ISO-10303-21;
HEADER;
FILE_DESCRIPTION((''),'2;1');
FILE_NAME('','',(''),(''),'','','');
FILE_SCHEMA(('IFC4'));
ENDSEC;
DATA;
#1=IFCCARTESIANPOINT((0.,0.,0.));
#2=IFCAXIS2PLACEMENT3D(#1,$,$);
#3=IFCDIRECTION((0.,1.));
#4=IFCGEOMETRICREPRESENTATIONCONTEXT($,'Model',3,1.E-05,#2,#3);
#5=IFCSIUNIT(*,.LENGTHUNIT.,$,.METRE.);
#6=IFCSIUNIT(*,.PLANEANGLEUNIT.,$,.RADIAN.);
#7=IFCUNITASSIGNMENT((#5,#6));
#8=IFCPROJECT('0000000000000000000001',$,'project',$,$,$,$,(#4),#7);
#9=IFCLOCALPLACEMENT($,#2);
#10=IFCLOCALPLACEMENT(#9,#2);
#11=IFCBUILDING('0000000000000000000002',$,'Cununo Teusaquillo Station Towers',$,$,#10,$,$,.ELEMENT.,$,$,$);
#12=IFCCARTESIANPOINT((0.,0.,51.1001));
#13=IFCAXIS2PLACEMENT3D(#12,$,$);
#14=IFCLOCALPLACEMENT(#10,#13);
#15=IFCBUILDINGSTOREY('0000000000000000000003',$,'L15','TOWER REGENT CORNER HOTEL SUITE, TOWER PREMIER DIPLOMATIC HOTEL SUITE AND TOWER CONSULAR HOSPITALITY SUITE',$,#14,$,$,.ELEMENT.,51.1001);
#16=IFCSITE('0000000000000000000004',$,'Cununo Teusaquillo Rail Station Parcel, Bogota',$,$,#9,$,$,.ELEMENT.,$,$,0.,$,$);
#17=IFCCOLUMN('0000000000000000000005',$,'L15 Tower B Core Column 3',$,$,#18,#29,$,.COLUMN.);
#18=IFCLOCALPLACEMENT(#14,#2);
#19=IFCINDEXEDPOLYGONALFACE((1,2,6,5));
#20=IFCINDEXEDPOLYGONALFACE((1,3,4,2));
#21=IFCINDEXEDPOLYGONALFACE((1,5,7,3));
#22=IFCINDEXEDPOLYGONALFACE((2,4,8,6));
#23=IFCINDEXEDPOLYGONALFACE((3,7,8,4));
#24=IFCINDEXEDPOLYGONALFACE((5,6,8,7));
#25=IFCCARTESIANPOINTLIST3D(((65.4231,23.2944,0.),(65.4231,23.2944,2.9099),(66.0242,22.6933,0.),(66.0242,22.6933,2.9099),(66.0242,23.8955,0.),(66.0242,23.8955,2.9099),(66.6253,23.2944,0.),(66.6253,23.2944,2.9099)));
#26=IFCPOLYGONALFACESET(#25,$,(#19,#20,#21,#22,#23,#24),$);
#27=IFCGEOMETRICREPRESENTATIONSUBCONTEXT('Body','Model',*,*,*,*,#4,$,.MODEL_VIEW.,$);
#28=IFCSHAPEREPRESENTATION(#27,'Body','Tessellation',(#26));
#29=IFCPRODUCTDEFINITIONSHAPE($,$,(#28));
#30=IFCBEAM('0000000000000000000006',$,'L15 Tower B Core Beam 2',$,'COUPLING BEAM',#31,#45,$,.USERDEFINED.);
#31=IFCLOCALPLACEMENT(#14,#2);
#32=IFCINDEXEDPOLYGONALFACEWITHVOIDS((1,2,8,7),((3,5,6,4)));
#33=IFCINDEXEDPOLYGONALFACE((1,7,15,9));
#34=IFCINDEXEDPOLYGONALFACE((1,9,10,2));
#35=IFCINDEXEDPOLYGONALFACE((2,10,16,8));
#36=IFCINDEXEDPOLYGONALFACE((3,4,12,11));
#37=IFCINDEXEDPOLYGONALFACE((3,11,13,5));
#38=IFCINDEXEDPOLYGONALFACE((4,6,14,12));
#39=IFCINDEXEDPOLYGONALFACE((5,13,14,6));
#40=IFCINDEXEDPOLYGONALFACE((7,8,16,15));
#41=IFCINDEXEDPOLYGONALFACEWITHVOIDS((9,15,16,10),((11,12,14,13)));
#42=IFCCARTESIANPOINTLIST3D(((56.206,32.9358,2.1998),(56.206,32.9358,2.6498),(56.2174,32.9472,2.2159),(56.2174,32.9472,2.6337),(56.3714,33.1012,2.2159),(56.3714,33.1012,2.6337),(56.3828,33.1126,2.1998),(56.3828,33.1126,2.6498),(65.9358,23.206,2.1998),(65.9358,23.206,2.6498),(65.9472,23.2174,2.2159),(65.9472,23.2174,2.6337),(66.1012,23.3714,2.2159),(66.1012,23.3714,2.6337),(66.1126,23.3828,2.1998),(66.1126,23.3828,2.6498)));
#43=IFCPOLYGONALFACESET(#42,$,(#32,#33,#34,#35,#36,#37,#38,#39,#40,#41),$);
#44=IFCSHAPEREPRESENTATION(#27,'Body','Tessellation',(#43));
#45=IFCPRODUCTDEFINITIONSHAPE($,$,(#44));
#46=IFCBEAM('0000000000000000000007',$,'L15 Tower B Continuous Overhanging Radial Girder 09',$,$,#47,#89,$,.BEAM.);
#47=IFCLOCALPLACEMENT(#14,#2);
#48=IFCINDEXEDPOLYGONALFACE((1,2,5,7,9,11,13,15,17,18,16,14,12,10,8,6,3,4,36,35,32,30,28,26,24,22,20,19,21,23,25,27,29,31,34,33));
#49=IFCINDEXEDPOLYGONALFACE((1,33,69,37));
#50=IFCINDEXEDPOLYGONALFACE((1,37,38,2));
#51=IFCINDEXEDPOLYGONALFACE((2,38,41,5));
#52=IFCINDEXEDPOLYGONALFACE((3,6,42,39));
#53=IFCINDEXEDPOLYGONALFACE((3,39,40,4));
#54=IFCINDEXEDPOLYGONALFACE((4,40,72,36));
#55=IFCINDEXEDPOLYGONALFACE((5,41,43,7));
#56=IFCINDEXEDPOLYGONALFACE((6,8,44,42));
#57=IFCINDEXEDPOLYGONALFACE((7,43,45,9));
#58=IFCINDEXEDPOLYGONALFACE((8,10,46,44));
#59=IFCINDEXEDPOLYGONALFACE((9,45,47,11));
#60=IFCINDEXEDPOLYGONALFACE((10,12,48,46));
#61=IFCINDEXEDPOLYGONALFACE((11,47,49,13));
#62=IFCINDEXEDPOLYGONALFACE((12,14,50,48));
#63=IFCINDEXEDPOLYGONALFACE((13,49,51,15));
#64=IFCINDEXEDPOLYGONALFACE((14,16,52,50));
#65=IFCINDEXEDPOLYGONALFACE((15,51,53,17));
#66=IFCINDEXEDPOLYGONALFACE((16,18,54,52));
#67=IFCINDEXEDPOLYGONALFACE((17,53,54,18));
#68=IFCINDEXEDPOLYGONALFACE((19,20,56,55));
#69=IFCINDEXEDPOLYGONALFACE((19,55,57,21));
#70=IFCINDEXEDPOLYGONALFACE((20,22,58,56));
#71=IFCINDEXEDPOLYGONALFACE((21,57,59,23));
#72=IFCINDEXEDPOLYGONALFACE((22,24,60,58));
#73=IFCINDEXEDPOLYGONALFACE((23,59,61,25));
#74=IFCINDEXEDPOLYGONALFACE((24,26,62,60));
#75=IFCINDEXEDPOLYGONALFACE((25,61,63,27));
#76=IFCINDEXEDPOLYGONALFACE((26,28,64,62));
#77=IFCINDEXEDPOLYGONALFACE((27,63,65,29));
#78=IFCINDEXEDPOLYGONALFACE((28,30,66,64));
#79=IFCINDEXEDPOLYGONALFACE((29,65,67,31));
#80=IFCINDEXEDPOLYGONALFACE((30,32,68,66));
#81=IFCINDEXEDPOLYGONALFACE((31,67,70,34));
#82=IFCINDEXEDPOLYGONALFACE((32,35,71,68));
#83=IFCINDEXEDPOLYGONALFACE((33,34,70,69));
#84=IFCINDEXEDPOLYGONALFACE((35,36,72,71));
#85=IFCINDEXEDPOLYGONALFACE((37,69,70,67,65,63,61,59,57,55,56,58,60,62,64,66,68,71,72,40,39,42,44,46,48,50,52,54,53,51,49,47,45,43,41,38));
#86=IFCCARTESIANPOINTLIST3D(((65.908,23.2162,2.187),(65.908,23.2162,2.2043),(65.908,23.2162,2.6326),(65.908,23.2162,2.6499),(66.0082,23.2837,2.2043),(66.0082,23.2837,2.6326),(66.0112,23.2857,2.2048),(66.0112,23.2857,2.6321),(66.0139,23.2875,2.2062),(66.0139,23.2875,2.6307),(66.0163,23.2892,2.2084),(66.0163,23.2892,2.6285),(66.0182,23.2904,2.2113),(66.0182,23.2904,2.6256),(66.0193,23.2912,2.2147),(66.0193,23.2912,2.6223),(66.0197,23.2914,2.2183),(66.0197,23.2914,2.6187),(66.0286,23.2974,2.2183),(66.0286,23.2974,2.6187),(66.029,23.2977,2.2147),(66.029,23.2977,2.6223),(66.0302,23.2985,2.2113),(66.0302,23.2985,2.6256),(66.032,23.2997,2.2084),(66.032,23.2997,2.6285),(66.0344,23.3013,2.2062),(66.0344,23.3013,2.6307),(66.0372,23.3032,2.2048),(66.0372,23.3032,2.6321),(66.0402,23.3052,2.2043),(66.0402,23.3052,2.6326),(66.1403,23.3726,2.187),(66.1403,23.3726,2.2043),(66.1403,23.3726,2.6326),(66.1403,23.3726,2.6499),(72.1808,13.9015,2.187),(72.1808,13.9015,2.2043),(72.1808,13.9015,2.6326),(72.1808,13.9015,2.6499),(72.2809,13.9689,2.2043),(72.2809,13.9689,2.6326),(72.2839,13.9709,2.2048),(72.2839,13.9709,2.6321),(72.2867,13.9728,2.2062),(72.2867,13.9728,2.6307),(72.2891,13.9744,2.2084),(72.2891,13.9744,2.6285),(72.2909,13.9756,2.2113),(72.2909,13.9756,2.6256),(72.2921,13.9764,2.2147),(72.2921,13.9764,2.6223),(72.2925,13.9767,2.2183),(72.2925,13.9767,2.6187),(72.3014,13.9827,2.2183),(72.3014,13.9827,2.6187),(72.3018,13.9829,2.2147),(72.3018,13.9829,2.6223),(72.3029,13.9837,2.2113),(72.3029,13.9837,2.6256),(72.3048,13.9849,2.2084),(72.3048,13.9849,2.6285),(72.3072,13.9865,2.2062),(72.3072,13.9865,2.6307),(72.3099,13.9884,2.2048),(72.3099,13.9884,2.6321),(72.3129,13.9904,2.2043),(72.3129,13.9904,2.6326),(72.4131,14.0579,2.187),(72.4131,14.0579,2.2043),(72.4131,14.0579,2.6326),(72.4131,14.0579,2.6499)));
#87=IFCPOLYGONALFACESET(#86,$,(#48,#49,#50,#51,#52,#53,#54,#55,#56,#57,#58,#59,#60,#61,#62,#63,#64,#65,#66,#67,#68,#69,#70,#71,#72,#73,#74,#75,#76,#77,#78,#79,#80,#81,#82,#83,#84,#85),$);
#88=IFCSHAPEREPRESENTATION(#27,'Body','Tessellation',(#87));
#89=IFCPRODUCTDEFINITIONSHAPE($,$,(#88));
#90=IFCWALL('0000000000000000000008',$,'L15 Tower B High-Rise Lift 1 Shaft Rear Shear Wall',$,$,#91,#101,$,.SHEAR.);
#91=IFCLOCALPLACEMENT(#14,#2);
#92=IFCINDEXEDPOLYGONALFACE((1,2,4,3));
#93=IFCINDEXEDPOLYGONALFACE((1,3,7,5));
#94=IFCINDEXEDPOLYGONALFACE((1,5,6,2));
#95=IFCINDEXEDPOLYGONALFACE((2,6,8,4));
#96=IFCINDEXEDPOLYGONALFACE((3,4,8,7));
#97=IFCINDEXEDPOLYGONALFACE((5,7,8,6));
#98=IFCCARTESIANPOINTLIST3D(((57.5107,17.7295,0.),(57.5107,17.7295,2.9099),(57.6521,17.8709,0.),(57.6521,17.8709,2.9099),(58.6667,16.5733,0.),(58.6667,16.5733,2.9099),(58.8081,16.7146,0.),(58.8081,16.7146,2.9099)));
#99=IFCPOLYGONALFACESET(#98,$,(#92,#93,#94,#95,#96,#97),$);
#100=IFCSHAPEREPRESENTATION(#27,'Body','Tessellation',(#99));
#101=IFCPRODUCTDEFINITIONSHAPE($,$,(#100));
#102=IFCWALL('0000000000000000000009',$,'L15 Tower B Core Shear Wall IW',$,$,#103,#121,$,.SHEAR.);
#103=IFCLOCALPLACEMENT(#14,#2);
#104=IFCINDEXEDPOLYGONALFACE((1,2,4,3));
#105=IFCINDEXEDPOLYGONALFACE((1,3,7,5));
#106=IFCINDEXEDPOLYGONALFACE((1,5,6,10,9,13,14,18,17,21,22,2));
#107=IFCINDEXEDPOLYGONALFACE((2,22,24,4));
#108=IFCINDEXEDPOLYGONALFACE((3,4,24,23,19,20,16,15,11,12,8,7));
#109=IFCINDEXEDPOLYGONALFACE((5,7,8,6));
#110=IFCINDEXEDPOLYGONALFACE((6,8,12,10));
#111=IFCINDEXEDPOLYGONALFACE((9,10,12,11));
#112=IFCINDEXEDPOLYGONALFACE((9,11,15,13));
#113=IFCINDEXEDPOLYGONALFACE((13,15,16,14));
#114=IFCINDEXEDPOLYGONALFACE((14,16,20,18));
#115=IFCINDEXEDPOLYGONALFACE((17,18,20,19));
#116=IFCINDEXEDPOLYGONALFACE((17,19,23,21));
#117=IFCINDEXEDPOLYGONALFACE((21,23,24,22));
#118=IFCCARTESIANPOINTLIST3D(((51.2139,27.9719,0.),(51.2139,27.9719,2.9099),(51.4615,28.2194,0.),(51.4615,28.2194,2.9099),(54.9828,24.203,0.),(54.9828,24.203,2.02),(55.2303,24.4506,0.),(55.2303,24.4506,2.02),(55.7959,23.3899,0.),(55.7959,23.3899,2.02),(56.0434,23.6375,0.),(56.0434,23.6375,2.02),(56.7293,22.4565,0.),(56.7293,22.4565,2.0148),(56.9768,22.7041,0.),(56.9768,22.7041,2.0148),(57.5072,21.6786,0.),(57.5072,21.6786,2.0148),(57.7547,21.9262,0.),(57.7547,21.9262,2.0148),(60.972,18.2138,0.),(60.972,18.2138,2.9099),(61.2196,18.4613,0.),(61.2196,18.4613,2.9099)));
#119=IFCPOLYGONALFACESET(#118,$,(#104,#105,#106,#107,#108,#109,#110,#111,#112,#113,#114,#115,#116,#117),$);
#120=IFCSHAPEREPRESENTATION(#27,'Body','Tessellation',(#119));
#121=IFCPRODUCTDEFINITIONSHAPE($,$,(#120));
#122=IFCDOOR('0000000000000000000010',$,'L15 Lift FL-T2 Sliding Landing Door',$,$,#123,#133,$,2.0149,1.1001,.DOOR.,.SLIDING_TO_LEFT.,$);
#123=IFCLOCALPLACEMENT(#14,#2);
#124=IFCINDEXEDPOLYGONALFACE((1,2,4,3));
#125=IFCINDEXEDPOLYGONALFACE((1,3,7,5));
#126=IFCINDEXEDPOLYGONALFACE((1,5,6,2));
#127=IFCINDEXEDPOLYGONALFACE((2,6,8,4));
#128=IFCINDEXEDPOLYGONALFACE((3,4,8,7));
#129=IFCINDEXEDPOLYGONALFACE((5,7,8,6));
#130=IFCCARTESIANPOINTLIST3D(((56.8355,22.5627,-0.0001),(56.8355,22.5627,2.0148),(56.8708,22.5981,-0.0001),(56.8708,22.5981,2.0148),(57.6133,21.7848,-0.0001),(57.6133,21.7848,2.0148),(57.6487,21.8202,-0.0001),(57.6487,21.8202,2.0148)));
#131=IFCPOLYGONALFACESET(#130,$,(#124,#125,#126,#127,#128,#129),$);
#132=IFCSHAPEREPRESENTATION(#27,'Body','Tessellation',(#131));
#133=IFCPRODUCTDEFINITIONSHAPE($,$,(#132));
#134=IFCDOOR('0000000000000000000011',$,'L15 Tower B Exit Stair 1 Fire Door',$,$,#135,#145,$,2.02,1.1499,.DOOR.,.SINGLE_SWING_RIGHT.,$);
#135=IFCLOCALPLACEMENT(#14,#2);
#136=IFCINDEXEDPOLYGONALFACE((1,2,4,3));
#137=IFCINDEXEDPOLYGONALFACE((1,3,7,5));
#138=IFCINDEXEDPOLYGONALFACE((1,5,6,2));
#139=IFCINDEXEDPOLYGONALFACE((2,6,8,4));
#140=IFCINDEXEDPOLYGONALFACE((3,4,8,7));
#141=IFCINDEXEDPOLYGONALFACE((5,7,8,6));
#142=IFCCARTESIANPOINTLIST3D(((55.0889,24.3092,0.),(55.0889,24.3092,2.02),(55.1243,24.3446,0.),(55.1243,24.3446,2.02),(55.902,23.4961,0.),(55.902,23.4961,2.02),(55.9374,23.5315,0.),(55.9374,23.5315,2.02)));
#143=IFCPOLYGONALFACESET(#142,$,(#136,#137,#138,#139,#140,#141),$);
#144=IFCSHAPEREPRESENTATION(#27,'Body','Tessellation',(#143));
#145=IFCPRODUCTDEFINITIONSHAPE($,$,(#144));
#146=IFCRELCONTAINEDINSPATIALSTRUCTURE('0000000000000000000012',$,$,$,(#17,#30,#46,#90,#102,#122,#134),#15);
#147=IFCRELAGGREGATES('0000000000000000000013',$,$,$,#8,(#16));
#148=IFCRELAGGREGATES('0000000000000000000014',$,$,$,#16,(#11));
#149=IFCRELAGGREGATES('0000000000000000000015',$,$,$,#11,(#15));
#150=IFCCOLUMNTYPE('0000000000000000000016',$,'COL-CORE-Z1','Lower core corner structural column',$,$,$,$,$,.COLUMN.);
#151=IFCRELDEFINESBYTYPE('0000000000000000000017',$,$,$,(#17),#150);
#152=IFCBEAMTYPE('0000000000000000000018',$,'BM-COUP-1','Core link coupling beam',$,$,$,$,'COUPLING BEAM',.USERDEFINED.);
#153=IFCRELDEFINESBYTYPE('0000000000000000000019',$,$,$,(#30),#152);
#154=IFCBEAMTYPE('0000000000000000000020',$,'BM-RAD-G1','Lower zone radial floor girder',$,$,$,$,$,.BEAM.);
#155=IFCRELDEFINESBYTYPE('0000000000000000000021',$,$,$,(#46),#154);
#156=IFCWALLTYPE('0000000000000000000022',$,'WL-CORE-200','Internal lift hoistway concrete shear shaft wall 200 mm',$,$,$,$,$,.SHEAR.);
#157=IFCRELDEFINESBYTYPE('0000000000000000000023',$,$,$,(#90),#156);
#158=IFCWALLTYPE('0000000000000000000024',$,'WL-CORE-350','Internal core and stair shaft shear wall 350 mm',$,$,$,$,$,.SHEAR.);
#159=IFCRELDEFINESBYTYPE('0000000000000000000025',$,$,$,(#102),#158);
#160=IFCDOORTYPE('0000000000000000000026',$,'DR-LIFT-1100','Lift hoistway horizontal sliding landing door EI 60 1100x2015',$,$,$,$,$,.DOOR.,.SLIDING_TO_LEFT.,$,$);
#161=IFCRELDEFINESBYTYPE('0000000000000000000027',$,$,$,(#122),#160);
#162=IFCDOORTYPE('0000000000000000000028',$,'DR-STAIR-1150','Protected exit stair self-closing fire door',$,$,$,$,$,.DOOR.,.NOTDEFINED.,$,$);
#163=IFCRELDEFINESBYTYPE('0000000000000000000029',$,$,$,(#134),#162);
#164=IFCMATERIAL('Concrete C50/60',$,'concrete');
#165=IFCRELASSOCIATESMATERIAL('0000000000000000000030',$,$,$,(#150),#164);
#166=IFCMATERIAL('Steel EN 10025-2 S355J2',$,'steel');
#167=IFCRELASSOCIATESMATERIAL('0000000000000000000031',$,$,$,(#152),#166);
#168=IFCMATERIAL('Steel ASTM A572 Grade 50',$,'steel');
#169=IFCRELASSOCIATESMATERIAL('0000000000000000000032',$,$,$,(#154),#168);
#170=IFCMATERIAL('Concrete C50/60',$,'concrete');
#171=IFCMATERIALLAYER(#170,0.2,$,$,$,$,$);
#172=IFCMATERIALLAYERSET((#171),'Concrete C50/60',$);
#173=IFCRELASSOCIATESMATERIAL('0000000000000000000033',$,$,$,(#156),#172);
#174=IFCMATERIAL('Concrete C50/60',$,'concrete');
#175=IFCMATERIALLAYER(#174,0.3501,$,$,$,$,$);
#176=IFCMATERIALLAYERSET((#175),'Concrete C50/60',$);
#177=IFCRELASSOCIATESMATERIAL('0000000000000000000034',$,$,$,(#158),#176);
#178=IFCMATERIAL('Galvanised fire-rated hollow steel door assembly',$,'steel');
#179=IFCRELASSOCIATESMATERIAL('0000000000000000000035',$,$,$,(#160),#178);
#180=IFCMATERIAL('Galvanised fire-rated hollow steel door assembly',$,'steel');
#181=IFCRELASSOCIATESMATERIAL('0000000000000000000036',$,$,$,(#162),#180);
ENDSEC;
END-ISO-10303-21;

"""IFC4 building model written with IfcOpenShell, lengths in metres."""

from ifc_helpers import new_model, si_unit, direction, frame, frame_2d, origin, origin_2d, place, context, subcontext, project, spatial, rectangle, hollow_rectangle, i_section, extrude, source, transform, mapped, material, layer, layer_set, material_profile, profile_set, type_object, element, fill, save


model = new_model("IFC4")

# Units and contexts
model_context = context("Model", 3, precision=1e-05, world=origin(), true_north=direction((0.0, 1.0)))
body_context = subcontext(model_context, "Body", "Model", "MODEL_VIEW")
ifc_project = project(units=[si_unit("LENGTHUNIT", "METRE"), si_unit("PLANEANGLEUNIT", "RADIAN")], contexts=[model_context])

# Site, building, storey
site_placement = place(None, origin())
site = spatial("IfcSite", under=ifc_project, at=site_placement, Name="Cununo Teusaquillo Rail Station Parcel, Bogota", CompositionType="ELEMENT", RefElevation=0.0)
building_placement = place(site_placement, origin())
building = spatial("IfcBuilding", under=site, at=building_placement, Name="Cununo Teusaquillo Station Towers", CompositionType="ELEMENT")
storey_placement = place(building_placement, frame((0.0, 0.0, 51.1001)))
storey = spatial("IfcBuildingStorey", under=building, at=storey_placement, Name="L15", Description="TOWER REGENT CORNER HOTEL SUITE, TOWER PREMIER DIPLOMATIC HOTEL SUITE AND TOWER CONSULAR HOSPITALITY SUITE", CompositionType="ELEMENT", Elevation=51.1001)

# Column
ifc_material_1 = material(Name="Concrete C50/60", Category="concrete")
ifc_material_profile_1 = material_profile(ifc_material_1, rectangle(XDim=0.8501, YDim=0.8501, at=origin_2d()), Name="RC-RECT-850x850")
ifc_profile_set_1 = profile_set([ifc_material_profile_1], Name="Concrete C50/60")
column_type = type_object("IfcColumnType", Name="COL-CORE-Z1", Description="Lower core corner structural column", PredefinedType="COLUMN", material=ifc_profile_set_1)
column_placement = place(storey_placement, frame((66.0242, 23.2944, 0.0), z_axis=(0.0, 0.0, 1.0), x_axis=(0.707107, 0.707107, 0.0)))
element("IfcColumn", 1, at=column_placement, inside=storey, type_object=column_type, Name="L15 Tower B Core Column 3", PredefinedType="COLUMN", context=body_context, shape_type="SweptSolid", body=[
    extrude(rectangle(XDim=0.8501, YDim=0.8501, at=origin_2d()), origin(), (0.0, 0.0, 1.0), 2.9099),
])

# Beams
ifc_material_2 = material(Name="Steel EN 10025-2 S355J2", Category="steel")
ifc_material_profile_2 = material_profile(ifc_material_2, hollow_rectangle(XDim=0.25, YDim=0.45, WallThickness=0.0161, at=origin_2d()), Name="RHS 450x250x16")
ifc_profile_set_2 = profile_set([ifc_material_profile_2], Name="Steel EN 10025-2 S355J2")
beam_type_1 = type_object("IfcBeamType", Name="BM-COUP-1", Description="Core link coupling beam", ElementType="COUPLING BEAM", PredefinedType="USERDEFINED", material=ifc_profile_set_2)
beam_1_placement = place(storey_placement, frame((66.0242, 23.2944, 2.4248), z_axis=(-0.707107, 0.707107, 0.0), x_axis=(-0.707107, -0.707107, 0.0)))
element("IfcBeam", 2, at=beam_1_placement, inside=storey, type_object=beam_type_1, Name="L15 Tower B Core Beam 2", ObjectType="COUPLING BEAM", PredefinedType="USERDEFINED", context=body_context, shape_type="SweptSolid", body=[
    extrude(hollow_rectangle(XDim=0.25, YDim=0.45, WallThickness=0.0161, at=origin_2d()), origin(), (0.0, 0.0, 1.0), 13.76),
])
ifc_material_3 = material(Name="Steel ASTM A572 Grade 50", Category="steel")
ifc_material_profile_3 = material_profile(ifc_material_3, i_section(OverallWidth=0.28, OverallDepth=0.4629, WebThickness=0.0107, FlangeThickness=0.0173, FilletRadius=0.0139, at=origin_2d()), Name="W18X76")
ifc_profile_set_3 = profile_set([ifc_material_profile_3], Name="Steel ASTM A572 Grade 50")
beam_type_2 = type_object("IfcBeamType", Name="BM-RAD-G1", Description="Lower zone radial floor girder", PredefinedType="BEAM", material=ifc_profile_set_3)
beam_2_placement = place(storey_placement, frame((66.0242, 23.2944, 2.4185), z_axis=(0.558572, -0.829456, 0.0), x_axis=(0.829456, 0.558572, 0.0)))
element("IfcBeam", 3, at=beam_2_placement, inside=storey, type_object=beam_type_2, Name="L15 Tower B Continuous Overhanging Radial Girder 09", PredefinedType="BEAM", context=body_context, shape_type="SweptSolid", body=[
    extrude(i_section(OverallWidth=0.28, OverallDepth=0.4629, WebThickness=0.0107, FlangeThickness=0.0173, FilletRadius=0.0139, at=origin_2d()), origin(), (0.0, 0.0, 1.0), 11.23),
])

# Wall
ifc_material_4 = material(Name="Concrete C50/60", Category="concrete")
ifc_layer_1 = layer(ifc_material_4, 0.2)
ifc_layer_set_1 = layer_set([ifc_layer_1], Name="Concrete C50/60")
wall_type_1 = type_object("IfcWallType", Name="WL-CORE-200", Description="Internal lift hoistway concrete shear shaft wall 200 mm", PredefinedType="SHEAR", material=ifc_layer_set_1)
wall_1_placement = place(storey_placement, frame((58.7373, 16.644, 0.0), z_axis=(0.0, 0.0, 1.0), x_axis=(-0.707032, 0.707181, 0.0)))
element("IfcWall", 4, at=wall_1_placement, inside=storey, type_object=wall_type_1, Name="L15 Tower B High-Rise Lift 1 Shaft Rear Shear Wall", PredefinedType="SHEAR", context=body_context, shape_type="SweptSolid", body=[
    extrude(rectangle(XDim=1.635, YDim=0.2, at=frame_2d((0.8174, 0.0))), origin(), (0.0, 0.0, 1.0), 2.9099),
])

# Wall, openings, doors
ifc_material_5 = material(Name="Concrete C50/60", Category="concrete")
ifc_layer_2 = layer(ifc_material_5, 0.3501)
ifc_layer_set_2 = layer_set([ifc_layer_2], Name="Concrete C50/60")
wall_type_2 = type_object("IfcWallType", Name="WL-CORE-350", Description="Internal core and stair shaft shear wall 350 mm", PredefinedType="SHEAR", material=ifc_layer_set_2)
wall_2_placement = place(storey_placement, frame((61.0957, 18.3376, 0.0), z_axis=(0.0, 0.0, 1.0), x_axis=(-0.707107, 0.707107, 0.0)))
wall_2 = element("IfcWall", 5, at=wall_2_placement, inside=storey, type_object=wall_type_2, Name="L15 Tower B Core Shear Wall IW", PredefinedType="SHEAR", context=body_context, shape_type="SweptSolid", body=[
    extrude(rectangle(XDim=13.8, YDim=0.3501, at=frame_2d((6.8999, 0.0))), origin(), (0.0, 0.0, 1.0), 2.9099),
])
shared_shape_1 = source(origin(), body_context, "Body", "SweptSolid", [
    extrude(rectangle(XDim=1.1001, YDim=2.0149, at=frame_2d((0.55, 1.0073))), frame((0.0, 0.1851, 0.0), z_axis=(0.0, -1.0, 0.0), x_axis=(1.0, 0.0, 0.0)), (0.0, 0.0, 1.0), 0.3701),
])
opening_1_placement = place(wall_2_placement, frame((4.8999, 0.0, 0.0)))
opening_1 = element("IfcOpeningElement", 6, at=opening_1_placement, cuts=wall_2, PredefinedType="OPENING", context=body_context, shape_type="MappedRepresentation", body=[
    mapped(shared_shape_1, transform((0.0, 0.0, 0.0), x_axis=(1.0, 0.0, 0.0), y_axis=(0.0, 1.0, 0.0), z_axis=(0.0, 0.0, 1.0), scale=1.0)),
])
shared_shape_2 = source(origin(), body_context, "Body", "SweptSolid", [
    extrude(rectangle(XDim=1.1499, YDim=2.02, at=frame_2d((0.575, 1.01))), frame((0.0, 0.1851, 0.0), z_axis=(0.0, -1.0, 0.0), x_axis=(1.0, 0.0, 0.0)), (0.0, 0.0, 1.0), 0.3701),
])
opening_2_placement = place(wall_2_placement, frame((7.3201, 0.0, 0.0)))
opening_2 = element("IfcOpeningElement", 7, at=opening_2_placement, cuts=wall_2, PredefinedType="OPENING", context=body_context, shape_type="MappedRepresentation", body=[
    mapped(shared_shape_2, transform((0.0, 0.0, 0.0), x_axis=(1.0, 0.0, 0.0), y_axis=(0.0, 1.0, 0.0), z_axis=(0.0, 0.0, 1.0), scale=1.0)),
])
ifc_material_6 = material(Name="Galvanised fire-rated hollow steel door assembly", Category="steel")
door_type_1 = type_object("IfcDoorType", Name="DR-LIFT-1100", Description="Lift hoistway horizontal sliding landing door EI 60 1100x2015", OperationType="SLIDING_TO_LEFT", PredefinedType="DOOR", material=ifc_material_6)
shared_shape_3 = source(origin(), body_context, "Body", "SweptSolid", [
    extrude(rectangle(XDim=1.1001, YDim=2.0149, at=frame_2d((0.55, 1.0073))), frame((0.0, 0.0249, 0.0), z_axis=(0.0, -1.0, 0.0), x_axis=(1.0, 0.0, 0.0)), (0.0, 0.0, 1.0), 0.05),
])
door_1_placement = place(opening_1_placement, origin())
door_1 = element("IfcDoor", 8, at=door_1_placement, inside=storey, type_object=door_type_1, Name="L15 Lift FL-T2 Sliding Landing Door", OperationType="SLIDING_TO_LEFT", OverallHeight=2.0149, OverallWidth=1.1001, PredefinedType="DOOR", context=body_context, shape_type="MappedRepresentation", body=[
    mapped(shared_shape_3, transform((0.0, 0.0, 0.0), x_axis=(1.0, 0.0, 0.0), y_axis=(0.0, 1.0, 0.0), z_axis=(0.0, 0.0, 1.0), scale=1.0)),
])
fill(opening_1, door_1)
ifc_material_7 = material(Name="Galvanised fire-rated hollow steel door assembly", Category="steel")
door_type_2 = type_object("IfcDoorType", Name="DR-STAIR-1150", Description="Protected exit stair self-closing fire door", OperationType="NOTDEFINED", PredefinedType="DOOR", material=ifc_material_7)
shared_shape_4 = source(origin(), body_context, "Body", "SweptSolid", [
    extrude(rectangle(XDim=1.1499, YDim=2.02, at=frame_2d((0.575, 1.01))), frame((0.0, 0.0249, 0.0), z_axis=(0.0, -1.0, 0.0), x_axis=(1.0, 0.0, 0.0)), (0.0, 0.0, 1.0), 0.05),
])
door_2_placement = place(opening_2_placement, origin())
door_2 = element("IfcDoor", 9, at=door_2_placement, inside=storey, type_object=door_type_2, Name="L15 Tower B Exit Stair 1 Fire Door", OperationType="SINGLE_SWING_RIGHT", OverallHeight=2.02, OverallWidth=1.1499, PredefinedType="DOOR", context=body_context, shape_type="MappedRepresentation", body=[
    mapped(shared_shape_4, transform((0.0, 0.0, 0.0), x_axis=(1.0, 0.0, 0.0), y_axis=(0.0, 1.0, 0.0), z_axis=(0.0, 0.0, 1.0), scale=1.0)),
])
fill(opening_2, door_2)

save(model, "model.ifc")
